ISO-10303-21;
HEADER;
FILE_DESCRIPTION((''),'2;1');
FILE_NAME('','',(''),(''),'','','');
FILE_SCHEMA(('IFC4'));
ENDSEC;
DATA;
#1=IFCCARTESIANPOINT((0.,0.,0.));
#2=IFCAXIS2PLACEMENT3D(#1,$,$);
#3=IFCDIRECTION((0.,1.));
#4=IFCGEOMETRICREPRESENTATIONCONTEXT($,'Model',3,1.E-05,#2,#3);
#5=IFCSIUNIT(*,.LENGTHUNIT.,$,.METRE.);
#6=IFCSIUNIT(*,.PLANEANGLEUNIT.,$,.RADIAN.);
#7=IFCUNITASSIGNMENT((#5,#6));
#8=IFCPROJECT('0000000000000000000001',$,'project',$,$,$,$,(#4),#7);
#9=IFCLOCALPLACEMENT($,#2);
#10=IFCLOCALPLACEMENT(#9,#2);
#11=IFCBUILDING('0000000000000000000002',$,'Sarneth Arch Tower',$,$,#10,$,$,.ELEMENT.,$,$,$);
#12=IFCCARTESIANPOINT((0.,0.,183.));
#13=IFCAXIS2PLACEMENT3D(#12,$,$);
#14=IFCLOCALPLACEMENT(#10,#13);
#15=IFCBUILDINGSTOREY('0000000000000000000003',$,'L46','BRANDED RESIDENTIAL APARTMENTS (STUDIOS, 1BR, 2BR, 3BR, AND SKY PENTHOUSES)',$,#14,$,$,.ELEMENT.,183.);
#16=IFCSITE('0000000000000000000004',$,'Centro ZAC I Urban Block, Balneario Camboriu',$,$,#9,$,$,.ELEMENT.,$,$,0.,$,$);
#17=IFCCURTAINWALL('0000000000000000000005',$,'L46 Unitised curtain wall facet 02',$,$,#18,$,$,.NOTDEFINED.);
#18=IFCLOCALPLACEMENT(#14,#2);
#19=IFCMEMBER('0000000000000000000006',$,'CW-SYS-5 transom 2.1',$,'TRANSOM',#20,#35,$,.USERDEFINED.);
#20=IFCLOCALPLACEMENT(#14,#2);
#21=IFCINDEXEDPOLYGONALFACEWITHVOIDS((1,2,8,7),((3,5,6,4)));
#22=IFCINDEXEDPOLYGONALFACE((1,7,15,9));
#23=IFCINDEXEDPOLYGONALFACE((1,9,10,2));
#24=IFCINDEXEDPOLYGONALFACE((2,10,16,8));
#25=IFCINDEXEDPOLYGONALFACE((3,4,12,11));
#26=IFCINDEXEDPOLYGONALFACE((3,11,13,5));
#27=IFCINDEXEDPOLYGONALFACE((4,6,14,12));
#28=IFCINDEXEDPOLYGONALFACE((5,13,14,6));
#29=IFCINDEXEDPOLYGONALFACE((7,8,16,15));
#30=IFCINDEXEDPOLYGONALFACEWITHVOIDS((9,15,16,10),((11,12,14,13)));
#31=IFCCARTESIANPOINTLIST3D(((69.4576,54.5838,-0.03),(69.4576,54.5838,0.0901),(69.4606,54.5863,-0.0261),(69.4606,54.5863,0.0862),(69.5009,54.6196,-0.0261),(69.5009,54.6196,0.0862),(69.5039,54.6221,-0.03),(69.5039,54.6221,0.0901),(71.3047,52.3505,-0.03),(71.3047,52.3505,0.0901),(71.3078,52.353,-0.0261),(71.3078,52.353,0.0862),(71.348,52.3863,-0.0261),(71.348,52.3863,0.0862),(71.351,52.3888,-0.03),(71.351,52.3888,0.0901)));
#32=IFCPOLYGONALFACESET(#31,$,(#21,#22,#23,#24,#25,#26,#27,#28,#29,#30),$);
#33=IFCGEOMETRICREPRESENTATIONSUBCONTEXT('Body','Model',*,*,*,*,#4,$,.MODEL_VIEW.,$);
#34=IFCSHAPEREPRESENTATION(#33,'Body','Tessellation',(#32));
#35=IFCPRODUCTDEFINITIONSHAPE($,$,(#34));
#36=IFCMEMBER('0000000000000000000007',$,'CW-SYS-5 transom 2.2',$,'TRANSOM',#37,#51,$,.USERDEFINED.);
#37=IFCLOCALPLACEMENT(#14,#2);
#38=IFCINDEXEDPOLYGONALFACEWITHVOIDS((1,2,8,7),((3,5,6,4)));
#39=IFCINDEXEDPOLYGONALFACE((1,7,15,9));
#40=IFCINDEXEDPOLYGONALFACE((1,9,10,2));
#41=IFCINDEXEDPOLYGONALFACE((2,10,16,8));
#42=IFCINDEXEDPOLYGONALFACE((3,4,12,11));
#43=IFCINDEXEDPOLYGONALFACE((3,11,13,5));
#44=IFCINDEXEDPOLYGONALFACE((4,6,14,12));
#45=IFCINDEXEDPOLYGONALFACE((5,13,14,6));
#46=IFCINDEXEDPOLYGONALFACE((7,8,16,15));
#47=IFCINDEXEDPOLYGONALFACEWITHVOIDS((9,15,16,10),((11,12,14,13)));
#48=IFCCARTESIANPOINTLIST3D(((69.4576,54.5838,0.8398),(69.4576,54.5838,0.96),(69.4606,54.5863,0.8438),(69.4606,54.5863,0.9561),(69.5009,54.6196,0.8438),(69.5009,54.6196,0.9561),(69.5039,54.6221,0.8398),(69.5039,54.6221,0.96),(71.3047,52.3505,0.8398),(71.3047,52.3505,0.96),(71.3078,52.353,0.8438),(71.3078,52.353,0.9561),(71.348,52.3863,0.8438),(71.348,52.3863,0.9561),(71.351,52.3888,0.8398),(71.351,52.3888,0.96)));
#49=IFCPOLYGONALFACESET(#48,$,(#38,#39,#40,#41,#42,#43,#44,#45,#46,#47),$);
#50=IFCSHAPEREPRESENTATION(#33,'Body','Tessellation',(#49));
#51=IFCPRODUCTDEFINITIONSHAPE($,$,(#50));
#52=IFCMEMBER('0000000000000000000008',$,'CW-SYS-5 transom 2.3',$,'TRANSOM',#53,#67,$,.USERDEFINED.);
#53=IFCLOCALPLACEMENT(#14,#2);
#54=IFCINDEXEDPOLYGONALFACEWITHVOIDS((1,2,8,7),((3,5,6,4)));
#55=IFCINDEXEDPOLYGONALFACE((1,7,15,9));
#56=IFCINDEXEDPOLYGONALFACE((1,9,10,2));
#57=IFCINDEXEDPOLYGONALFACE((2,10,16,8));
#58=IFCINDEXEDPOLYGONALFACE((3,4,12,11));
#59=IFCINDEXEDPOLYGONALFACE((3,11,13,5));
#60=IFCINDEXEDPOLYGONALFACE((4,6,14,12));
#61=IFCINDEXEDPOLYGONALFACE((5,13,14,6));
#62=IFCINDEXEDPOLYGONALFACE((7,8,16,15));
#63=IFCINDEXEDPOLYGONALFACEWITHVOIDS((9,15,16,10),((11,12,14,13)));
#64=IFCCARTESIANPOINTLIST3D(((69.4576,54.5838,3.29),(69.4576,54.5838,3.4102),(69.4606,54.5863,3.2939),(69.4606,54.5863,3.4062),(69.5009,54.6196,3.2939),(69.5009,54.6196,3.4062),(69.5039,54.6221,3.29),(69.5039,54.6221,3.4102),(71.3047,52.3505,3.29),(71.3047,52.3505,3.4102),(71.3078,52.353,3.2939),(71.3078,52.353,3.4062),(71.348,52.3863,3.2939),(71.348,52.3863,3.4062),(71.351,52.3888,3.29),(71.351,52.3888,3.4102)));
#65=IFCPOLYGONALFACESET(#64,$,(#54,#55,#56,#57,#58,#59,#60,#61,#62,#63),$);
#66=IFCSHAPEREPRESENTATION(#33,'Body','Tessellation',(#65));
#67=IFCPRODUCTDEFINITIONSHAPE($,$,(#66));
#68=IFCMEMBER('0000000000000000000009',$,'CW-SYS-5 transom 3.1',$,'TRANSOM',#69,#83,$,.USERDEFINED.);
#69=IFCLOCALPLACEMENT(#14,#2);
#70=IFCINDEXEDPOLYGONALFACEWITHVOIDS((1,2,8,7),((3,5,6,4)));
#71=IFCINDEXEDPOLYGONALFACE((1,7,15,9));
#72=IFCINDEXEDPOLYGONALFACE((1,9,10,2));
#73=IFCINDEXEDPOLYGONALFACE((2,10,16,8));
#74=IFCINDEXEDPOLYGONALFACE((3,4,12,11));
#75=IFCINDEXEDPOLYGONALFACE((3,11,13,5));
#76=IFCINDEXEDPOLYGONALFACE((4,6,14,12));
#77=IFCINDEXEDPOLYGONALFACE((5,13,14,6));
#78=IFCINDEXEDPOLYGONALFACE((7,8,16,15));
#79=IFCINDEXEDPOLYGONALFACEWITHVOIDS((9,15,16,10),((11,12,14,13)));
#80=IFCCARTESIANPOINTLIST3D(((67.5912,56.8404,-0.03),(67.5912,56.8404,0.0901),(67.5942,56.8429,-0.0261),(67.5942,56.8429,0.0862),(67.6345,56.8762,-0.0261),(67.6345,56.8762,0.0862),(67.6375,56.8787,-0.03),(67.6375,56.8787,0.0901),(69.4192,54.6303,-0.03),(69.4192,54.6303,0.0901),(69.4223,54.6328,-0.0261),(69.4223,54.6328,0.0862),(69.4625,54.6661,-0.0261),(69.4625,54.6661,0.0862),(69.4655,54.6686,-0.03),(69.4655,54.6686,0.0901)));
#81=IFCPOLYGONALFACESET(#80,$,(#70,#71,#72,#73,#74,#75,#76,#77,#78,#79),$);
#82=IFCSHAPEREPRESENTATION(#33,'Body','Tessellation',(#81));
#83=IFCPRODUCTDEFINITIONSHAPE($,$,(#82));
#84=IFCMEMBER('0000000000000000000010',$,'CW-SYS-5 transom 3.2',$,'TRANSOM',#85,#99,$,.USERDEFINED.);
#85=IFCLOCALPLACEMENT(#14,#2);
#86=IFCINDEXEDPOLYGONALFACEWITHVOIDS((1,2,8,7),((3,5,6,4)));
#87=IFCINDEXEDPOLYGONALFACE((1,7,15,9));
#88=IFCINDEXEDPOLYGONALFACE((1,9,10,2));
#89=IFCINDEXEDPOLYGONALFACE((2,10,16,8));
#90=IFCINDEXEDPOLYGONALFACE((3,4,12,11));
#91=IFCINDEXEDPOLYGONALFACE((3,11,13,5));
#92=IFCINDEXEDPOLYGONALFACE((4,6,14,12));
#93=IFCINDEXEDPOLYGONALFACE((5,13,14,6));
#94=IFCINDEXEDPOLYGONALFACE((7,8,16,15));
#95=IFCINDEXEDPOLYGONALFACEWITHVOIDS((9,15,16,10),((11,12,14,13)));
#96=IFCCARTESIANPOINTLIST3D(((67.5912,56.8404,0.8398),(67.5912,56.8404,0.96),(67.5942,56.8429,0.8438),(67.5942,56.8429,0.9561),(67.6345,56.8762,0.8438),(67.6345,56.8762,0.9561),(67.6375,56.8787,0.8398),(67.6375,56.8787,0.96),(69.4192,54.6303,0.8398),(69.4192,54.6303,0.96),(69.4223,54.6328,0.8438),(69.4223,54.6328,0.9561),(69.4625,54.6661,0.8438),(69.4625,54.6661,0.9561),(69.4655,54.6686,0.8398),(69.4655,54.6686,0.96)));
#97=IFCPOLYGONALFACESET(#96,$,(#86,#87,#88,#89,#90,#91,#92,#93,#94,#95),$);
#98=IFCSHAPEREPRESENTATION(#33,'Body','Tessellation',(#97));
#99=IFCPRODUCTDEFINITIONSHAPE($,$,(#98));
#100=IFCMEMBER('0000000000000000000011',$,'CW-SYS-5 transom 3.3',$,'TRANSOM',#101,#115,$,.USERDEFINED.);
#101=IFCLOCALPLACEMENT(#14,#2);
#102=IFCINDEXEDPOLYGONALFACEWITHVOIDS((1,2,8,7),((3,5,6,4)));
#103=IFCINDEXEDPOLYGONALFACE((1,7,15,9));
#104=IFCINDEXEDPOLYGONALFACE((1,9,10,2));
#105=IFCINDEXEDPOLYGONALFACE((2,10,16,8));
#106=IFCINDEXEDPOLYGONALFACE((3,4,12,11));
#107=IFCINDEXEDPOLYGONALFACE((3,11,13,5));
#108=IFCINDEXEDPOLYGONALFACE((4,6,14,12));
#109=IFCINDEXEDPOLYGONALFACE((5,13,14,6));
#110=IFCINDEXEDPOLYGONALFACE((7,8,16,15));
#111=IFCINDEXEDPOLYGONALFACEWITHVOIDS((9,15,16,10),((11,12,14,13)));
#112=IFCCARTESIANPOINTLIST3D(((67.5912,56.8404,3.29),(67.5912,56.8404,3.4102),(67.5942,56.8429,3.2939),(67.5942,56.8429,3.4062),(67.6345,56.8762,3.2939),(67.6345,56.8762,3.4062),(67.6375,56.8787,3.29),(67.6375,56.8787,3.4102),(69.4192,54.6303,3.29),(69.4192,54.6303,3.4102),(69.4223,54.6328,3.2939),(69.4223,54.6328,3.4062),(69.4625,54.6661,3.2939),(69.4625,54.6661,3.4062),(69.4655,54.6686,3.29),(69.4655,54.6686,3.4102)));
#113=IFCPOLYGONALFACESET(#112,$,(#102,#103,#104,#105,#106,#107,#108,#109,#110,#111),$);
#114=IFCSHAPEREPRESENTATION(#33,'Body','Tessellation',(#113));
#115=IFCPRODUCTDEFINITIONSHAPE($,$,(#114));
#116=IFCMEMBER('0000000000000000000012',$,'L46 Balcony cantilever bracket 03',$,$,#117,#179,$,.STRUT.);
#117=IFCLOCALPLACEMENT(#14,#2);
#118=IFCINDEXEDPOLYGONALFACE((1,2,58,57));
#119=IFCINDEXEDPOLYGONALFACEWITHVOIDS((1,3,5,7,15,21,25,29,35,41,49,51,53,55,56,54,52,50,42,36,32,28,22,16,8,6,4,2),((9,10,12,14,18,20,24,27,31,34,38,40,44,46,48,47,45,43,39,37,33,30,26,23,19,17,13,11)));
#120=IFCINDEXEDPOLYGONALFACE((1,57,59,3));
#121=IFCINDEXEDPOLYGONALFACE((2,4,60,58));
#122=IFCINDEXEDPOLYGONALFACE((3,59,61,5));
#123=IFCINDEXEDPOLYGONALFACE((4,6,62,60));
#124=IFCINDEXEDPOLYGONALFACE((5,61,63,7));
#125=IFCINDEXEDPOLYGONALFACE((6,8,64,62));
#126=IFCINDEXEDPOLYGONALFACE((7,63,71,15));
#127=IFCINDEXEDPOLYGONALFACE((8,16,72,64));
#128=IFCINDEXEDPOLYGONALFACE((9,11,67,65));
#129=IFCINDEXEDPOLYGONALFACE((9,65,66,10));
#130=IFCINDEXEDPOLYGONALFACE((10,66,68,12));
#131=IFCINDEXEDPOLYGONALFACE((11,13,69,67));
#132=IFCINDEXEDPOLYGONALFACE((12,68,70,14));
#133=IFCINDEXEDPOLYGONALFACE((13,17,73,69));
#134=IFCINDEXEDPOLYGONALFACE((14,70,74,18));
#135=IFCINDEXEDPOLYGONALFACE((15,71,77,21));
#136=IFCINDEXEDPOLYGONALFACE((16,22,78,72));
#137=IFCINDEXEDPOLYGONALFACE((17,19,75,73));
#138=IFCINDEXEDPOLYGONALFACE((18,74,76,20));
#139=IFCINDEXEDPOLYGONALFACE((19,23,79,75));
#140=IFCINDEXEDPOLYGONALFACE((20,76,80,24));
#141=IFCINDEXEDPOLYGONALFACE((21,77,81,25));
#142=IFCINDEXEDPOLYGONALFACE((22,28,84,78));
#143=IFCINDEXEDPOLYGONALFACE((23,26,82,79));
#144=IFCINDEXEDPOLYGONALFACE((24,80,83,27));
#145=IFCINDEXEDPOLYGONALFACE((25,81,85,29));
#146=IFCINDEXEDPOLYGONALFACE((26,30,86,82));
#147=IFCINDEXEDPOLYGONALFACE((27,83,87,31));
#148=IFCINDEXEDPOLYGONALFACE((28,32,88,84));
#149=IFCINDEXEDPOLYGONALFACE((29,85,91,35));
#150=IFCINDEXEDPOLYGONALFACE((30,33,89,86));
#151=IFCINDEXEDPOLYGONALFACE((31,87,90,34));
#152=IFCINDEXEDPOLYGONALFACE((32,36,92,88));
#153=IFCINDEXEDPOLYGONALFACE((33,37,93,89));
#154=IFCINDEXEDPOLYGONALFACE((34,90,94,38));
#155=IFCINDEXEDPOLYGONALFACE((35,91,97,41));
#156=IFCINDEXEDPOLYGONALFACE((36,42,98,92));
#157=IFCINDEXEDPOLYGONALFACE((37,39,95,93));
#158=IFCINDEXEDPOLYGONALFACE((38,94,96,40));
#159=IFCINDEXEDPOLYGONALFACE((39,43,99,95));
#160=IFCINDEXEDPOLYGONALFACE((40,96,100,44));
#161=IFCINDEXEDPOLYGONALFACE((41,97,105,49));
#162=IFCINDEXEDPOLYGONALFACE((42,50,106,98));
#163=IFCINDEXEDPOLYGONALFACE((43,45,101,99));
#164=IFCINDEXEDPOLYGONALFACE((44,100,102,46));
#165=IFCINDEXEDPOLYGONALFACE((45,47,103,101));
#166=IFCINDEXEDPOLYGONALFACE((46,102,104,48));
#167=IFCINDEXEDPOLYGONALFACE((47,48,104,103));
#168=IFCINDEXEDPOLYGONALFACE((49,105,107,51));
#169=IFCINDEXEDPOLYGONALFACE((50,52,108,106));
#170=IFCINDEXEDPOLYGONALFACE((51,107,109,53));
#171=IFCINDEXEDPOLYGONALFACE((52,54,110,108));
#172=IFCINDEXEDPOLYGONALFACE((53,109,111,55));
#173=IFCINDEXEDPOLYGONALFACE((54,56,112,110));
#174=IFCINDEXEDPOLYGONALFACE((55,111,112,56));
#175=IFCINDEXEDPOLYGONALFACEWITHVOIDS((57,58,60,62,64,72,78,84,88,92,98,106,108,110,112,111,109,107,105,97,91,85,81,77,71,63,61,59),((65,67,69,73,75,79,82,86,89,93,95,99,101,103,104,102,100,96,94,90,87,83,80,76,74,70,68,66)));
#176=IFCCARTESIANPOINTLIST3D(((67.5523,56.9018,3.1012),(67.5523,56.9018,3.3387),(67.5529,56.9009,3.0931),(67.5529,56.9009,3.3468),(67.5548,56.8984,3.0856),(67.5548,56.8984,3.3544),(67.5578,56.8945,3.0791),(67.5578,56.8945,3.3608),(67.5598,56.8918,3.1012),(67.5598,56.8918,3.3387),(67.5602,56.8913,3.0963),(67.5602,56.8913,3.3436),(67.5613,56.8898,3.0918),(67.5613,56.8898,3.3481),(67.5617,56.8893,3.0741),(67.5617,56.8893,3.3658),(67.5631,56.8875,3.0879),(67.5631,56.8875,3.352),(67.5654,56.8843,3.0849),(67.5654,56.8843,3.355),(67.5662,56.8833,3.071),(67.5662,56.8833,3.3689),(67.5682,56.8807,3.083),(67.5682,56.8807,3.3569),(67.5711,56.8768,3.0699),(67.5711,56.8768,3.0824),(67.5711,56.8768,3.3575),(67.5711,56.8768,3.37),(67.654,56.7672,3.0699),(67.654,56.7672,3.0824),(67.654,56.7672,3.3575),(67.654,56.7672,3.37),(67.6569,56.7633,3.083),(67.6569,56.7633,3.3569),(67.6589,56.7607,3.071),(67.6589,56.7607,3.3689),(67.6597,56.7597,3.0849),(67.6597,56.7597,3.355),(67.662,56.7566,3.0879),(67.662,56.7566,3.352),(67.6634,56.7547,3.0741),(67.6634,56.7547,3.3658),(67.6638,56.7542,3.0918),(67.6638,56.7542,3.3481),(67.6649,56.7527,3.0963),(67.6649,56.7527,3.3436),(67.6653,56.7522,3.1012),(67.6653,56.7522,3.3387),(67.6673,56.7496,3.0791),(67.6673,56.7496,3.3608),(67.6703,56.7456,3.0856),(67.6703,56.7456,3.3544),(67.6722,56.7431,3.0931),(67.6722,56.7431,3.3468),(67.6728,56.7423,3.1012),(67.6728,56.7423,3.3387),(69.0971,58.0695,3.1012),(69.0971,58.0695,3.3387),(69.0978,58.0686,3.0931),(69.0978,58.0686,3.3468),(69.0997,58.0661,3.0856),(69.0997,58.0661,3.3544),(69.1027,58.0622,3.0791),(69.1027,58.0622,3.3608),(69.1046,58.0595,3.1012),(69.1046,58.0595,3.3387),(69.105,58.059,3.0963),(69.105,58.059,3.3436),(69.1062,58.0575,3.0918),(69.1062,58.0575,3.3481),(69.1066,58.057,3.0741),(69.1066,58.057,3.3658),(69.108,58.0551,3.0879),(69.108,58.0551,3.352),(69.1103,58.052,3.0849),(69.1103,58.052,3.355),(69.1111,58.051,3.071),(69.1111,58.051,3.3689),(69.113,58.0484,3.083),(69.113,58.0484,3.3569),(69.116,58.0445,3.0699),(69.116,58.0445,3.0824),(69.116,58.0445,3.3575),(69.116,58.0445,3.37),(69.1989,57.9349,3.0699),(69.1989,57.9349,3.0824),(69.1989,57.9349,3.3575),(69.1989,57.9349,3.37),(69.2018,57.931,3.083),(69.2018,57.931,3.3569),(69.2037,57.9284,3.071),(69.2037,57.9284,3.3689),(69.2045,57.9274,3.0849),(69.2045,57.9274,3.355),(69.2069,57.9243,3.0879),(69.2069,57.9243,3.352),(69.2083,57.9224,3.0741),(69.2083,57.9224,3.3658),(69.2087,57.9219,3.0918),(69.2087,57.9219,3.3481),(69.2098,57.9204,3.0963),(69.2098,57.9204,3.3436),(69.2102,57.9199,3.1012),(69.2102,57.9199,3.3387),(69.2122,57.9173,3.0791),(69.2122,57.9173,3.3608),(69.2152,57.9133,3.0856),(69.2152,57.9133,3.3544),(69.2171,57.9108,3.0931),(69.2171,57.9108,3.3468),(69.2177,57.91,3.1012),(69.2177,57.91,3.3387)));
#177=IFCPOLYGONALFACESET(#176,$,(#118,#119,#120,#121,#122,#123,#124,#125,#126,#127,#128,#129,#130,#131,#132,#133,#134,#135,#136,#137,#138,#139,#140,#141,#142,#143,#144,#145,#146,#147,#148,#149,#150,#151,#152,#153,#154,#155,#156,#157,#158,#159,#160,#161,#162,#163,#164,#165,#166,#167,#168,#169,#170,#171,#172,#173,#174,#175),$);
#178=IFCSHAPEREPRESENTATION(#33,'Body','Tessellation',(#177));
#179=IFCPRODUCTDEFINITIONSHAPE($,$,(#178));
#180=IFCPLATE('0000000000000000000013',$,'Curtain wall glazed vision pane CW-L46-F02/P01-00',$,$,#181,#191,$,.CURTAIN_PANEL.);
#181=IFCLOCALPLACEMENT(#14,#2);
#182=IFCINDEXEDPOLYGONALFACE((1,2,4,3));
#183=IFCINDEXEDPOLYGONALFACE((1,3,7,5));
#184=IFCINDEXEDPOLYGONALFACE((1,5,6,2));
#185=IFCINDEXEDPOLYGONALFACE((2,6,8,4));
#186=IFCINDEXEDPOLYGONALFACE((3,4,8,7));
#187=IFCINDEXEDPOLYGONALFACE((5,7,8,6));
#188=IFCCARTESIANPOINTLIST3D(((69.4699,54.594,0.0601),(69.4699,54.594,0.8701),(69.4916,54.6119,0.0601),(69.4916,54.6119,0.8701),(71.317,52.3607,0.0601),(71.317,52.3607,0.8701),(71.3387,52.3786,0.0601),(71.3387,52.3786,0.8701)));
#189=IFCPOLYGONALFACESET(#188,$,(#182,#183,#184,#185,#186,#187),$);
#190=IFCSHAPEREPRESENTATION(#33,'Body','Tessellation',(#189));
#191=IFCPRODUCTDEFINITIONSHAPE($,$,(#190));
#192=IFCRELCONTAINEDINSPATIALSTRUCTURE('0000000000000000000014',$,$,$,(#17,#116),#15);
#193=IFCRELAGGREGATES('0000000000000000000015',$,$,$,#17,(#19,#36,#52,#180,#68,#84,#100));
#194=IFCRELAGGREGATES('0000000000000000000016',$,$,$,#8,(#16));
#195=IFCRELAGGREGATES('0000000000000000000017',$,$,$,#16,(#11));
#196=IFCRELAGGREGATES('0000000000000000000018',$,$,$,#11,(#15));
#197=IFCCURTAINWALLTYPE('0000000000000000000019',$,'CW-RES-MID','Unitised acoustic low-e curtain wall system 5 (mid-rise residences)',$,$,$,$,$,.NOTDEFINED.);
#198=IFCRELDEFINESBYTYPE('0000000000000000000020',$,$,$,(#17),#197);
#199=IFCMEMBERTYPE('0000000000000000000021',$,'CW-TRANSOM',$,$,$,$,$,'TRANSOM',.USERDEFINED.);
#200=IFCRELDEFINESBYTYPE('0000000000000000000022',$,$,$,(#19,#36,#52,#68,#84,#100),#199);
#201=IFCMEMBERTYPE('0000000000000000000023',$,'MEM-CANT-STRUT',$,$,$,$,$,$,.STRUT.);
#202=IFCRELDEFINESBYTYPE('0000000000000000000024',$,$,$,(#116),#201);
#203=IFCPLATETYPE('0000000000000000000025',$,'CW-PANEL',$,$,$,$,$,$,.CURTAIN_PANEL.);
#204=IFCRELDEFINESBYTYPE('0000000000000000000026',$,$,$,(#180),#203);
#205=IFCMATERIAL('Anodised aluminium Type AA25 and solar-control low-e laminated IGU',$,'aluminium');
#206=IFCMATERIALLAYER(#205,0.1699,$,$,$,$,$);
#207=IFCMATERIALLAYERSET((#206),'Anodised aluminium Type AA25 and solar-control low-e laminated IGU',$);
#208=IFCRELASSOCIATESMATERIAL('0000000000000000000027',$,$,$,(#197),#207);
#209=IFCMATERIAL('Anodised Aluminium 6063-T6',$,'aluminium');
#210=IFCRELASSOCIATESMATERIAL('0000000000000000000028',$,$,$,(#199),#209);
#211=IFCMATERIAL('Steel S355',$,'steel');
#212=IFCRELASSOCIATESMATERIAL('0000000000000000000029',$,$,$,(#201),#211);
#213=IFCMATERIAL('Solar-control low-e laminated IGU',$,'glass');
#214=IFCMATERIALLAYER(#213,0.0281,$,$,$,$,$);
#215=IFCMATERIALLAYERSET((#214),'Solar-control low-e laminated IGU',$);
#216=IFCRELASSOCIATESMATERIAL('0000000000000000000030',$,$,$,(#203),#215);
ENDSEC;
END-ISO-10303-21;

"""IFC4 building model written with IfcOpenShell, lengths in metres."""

from ifc_helpers import new_model, si_unit, direction, frame, origin, origin_2d, place, context, subcontext, project, spatial, rectangle, hollow_rectangle, extrude, material, layer, layer_set, material_profile, profile_set, type_object, element, aggregate, save


model = new_model("IFC4")

# Units and contexts
model_context = context("Model", 3, precision=1e-05, world=origin(), true_north=direction((0.0, 1.0)))
body_context = subcontext(model_context, "Body", "Model", "MODEL_VIEW")
ifc_project = project(units=[si_unit("LENGTHUNIT", "METRE"), si_unit("PLANEANGLEUNIT", "RADIAN")], contexts=[model_context])

# Site, building, storey
site_placement = place(None, origin())
site = spatial("IfcSite", under=ifc_project, at=site_placement, Name="Centro ZAC I Urban Block, Balneario Camboriu", CompositionType="ELEMENT", RefElevation=0.0)
building_placement = place(site_placement, origin())
building = spatial("IfcBuilding", under=site, at=building_placement, Name="Sarneth Arch Tower", CompositionType="ELEMENT")
storey_placement = place(building_placement, frame((0.0, 0.0, 183.0)))
storey = spatial("IfcBuildingStorey", under=building, at=storey_placement, Name="L46", Description="BRANDED RESIDENTIAL APARTMENTS (STUDIOS, 1BR, 2BR, 3BR, AND SKY PENTHOUSES)", CompositionType="ELEMENT", Elevation=183.0)

# Curtain wall, members
ifc_material_1 = material(Name="Anodised aluminium Type AA25 and solar-control low-e laminated IGU", Category="aluminium")
ifc_layer_1 = layer(ifc_material_1, 0.1699)
ifc_layer_set_1 = layer_set([ifc_layer_1], Name="Anodised aluminium Type AA25 and solar-control low-e laminated IGU")
curtain_wall_type = type_object("IfcCurtainWallType", Name="CW-RES-MID", Description="Unitised acoustic low-e curtain wall system 5 (mid-rise residences)", PredefinedType="NOTDEFINED", material=ifc_layer_set_1)
curtain_wall_placement = place(storey_placement, origin())
curtain_wall = element("IfcCurtainWall", 1, at=curtain_wall_placement, inside=storey, type_object=curtain_wall_type, Name="L46 Unitised curtain wall facet 02", PredefinedType="NOTDEFINED")
ifc_material_2 = material(Name="Anodised Aluminium 6063-T6", Category="aluminium")
ifc_material_profile_1 = material_profile(ifc_material_2, hollow_rectangle(XDim=0.0601, YDim=0.1201, WallThickness=0.0039, at=origin_2d()), Name="AL-TRAN-120x60x4")
ifc_profile_set_1 = profile_set([ifc_material_profile_1], Name="Anodised Aluminium 6063-T6")
member_type_1 = type_object("IfcMemberType", Name="CW-TRANSOM", ElementType="TRANSOM", PredefinedType="USERDEFINED", material=ifc_profile_set_1)
member_1_placement = place(storey_placement, frame((71.3279, 52.3696, 0.03), z_axis=(-0.63733, 0.770591, 0.0), x_axis=(-0.770591, -0.63733, 0.0)))
member_1 = element("IfcMember", 2, at=member_1_placement, type_object=member_type_1, Name="CW-SYS-5 transom 2.1", ObjectType="TRANSOM", PredefinedType="USERDEFINED", context=body_context, shape_type="SweptSolid", body=[
    extrude(hollow_rectangle(XDim=0.0601, YDim=0.1201, WallThickness=0.0039, at=origin_2d()), origin(), (0.0, 0.0, 1.0), 2.8982),
])
member_2_placement = place(storey_placement, frame((71.3279, 52.3696, 0.8999), z_axis=(-0.63733, 0.770591, 0.0), x_axis=(-0.770591, -0.63733, 0.0)))
member_2 = element("IfcMember", 3, at=member_2_placement, type_object=member_type_1, Name="CW-SYS-5 transom 2.2", ObjectType="TRANSOM", PredefinedType="USERDEFINED", context=body_context, shape_type="SweptSolid", body=[
    extrude(hollow_rectangle(XDim=0.0601, YDim=0.1201, WallThickness=0.0039, at=origin_2d()), origin(), (0.0, 0.0, 1.0), 2.8982),
])
member_3_placement = place(storey_placement, frame((71.3279, 52.3696, 3.3501), z_axis=(-0.63733, 0.770591, 0.0), x_axis=(-0.770591, -0.63733, 0.0)))
member_3 = element("IfcMember", 4, at=member_3_placement, type_object=member_type_1, Name="CW-SYS-5 transom 2.3", ObjectType="TRANSOM", PredefinedType="USERDEFINED", context=body_context, shape_type="SweptSolid", body=[
    extrude(hollow_rectangle(XDim=0.0601, YDim=0.1201, WallThickness=0.0039, at=origin_2d()), origin(), (0.0, 0.0, 1.0), 2.8982),
])
member_4_placement = place(storey_placement, frame((69.4424, 54.6494, 0.03), z_axis=(-0.637359, 0.770567, 0.0), x_axis=(-0.770567, -0.637359, 0.0)))
member_4 = element("IfcMember", 5, at=member_4_placement, type_object=member_type_1, Name="CW-SYS-5 transom 3.1", ObjectType="TRANSOM", PredefinedType="USERDEFINED", context=body_context, shape_type="SweptSolid", body=[
    extrude(hollow_rectangle(XDim=0.0601, YDim=0.1201, WallThickness=0.0039, at=origin_2d()), origin(), (0.0, 0.0, 1.0), 2.8682),
])
member_5_placement = place(storey_placement, frame((69.4424, 54.6494, 0.8999), z_axis=(-0.637359, 0.770567, 0.0), x_axis=(-0.770567, -0.637359, 0.0)))
member_5 = element("IfcMember", 6, at=member_5_placement, type_object=member_type_1, Name="CW-SYS-5 transom 3.2", ObjectType="TRANSOM", PredefinedType="USERDEFINED", context=body_context, shape_type="SweptSolid", body=[
    extrude(hollow_rectangle(XDim=0.0601, YDim=0.1201, WallThickness=0.0039, at=origin_2d()), origin(), (0.0, 0.0, 1.0), 2.8682),
])
member_6_placement = place(storey_placement, frame((69.4424, 54.6494, 3.3501), z_axis=(-0.637359, 0.770567, 0.0), x_axis=(-0.770567, -0.637359, 0.0)))
member_6 = element("IfcMember", 7, at=member_6_placement, type_object=member_type_1, Name="CW-SYS-5 transom 3.3", ObjectType="TRANSOM", PredefinedType="USERDEFINED", context=body_context, shape_type="SweptSolid", body=[
    extrude(hollow_rectangle(XDim=0.0601, YDim=0.1201, WallThickness=0.0039, at=origin_2d()), origin(), (0.0, 0.0, 1.0), 2.8682),
])

# Member
ifc_material_3 = material(Name="Steel S355", Category="steel")
ifc_material_profile_2 = material_profile(ifc_material_3, hollow_rectangle(XDim=0.2, YDim=0.3, WallThickness=0.0125, InnerFilletRadius=0.0188, OuterFilletRadius=0.0312, at=origin_2d()), Name="RHS300x200x12.5")
ifc_profile_set_2 = profile_set([ifc_material_profile_2], Name="Steel S355")
member_type_2 = type_object("IfcMemberType", Name="MEM-CANT-STRUT", PredefinedType="STRUT", material=ifc_profile_set_2)
member_7_placement = place(storey_placement, frame((67.6125, 56.822, 3.22), z_axis=(0.797755, 0.602981, 0.0), x_axis=(-0.602981, 0.797755, 0.0)))
element("IfcMember", 8, at=member_7_placement, inside=storey, type_object=member_type_2, Name="L46 Balcony cantilever bracket 03", PredefinedType="STRUT", context=body_context, shape_type="SweptSolid", body=[
    extrude(hollow_rectangle(XDim=0.2, YDim=0.3, WallThickness=0.0125, InnerFilletRadius=0.0188, OuterFilletRadius=0.0312, at=origin_2d()), origin(), (0.0, 0.0, 1.0), 1.9365),
])

# Plate
ifc_material_4 = material(Name="Solar-control low-e laminated IGU", Category="glass")
ifc_layer_2 = layer(ifc_material_4, 0.0281)
ifc_layer_set_2 = layer_set([ifc_layer_2], Name="Solar-control low-e laminated IGU")
plate_type_1 = type_object("IfcPlateType", Name="CW-PANEL", PredefinedType="CURTAIN_PANEL", material=ifc_layer_set_2)
plate_1_placement = place(storey_placement, frame((70.4043, 53.4863, 0.0601), z_axis=(0.0, 0.0, 1.0), x_axis=(-0.63733, 0.770591, 0.0)))
plate_1 = element("IfcPlate", 9, at=plate_1_placement, type_object=plate_type_1, Name="Curtain wall glazed vision pane CW-L46-F02/P01-00", PredefinedType="CURTAIN_PANEL", context=body_context, shape_type="SweptSolid", body=[
    extrude(rectangle(XDim=2.8982, YDim=0.0281, at=origin_2d()), origin(), (0.0, 0.0, 1.0), 0.8101),
])
aggregate(curtain_wall, [member_1, member_2, member_3, plate_1, member_4, member_5, member_6])

save(model, "model.ifc")
